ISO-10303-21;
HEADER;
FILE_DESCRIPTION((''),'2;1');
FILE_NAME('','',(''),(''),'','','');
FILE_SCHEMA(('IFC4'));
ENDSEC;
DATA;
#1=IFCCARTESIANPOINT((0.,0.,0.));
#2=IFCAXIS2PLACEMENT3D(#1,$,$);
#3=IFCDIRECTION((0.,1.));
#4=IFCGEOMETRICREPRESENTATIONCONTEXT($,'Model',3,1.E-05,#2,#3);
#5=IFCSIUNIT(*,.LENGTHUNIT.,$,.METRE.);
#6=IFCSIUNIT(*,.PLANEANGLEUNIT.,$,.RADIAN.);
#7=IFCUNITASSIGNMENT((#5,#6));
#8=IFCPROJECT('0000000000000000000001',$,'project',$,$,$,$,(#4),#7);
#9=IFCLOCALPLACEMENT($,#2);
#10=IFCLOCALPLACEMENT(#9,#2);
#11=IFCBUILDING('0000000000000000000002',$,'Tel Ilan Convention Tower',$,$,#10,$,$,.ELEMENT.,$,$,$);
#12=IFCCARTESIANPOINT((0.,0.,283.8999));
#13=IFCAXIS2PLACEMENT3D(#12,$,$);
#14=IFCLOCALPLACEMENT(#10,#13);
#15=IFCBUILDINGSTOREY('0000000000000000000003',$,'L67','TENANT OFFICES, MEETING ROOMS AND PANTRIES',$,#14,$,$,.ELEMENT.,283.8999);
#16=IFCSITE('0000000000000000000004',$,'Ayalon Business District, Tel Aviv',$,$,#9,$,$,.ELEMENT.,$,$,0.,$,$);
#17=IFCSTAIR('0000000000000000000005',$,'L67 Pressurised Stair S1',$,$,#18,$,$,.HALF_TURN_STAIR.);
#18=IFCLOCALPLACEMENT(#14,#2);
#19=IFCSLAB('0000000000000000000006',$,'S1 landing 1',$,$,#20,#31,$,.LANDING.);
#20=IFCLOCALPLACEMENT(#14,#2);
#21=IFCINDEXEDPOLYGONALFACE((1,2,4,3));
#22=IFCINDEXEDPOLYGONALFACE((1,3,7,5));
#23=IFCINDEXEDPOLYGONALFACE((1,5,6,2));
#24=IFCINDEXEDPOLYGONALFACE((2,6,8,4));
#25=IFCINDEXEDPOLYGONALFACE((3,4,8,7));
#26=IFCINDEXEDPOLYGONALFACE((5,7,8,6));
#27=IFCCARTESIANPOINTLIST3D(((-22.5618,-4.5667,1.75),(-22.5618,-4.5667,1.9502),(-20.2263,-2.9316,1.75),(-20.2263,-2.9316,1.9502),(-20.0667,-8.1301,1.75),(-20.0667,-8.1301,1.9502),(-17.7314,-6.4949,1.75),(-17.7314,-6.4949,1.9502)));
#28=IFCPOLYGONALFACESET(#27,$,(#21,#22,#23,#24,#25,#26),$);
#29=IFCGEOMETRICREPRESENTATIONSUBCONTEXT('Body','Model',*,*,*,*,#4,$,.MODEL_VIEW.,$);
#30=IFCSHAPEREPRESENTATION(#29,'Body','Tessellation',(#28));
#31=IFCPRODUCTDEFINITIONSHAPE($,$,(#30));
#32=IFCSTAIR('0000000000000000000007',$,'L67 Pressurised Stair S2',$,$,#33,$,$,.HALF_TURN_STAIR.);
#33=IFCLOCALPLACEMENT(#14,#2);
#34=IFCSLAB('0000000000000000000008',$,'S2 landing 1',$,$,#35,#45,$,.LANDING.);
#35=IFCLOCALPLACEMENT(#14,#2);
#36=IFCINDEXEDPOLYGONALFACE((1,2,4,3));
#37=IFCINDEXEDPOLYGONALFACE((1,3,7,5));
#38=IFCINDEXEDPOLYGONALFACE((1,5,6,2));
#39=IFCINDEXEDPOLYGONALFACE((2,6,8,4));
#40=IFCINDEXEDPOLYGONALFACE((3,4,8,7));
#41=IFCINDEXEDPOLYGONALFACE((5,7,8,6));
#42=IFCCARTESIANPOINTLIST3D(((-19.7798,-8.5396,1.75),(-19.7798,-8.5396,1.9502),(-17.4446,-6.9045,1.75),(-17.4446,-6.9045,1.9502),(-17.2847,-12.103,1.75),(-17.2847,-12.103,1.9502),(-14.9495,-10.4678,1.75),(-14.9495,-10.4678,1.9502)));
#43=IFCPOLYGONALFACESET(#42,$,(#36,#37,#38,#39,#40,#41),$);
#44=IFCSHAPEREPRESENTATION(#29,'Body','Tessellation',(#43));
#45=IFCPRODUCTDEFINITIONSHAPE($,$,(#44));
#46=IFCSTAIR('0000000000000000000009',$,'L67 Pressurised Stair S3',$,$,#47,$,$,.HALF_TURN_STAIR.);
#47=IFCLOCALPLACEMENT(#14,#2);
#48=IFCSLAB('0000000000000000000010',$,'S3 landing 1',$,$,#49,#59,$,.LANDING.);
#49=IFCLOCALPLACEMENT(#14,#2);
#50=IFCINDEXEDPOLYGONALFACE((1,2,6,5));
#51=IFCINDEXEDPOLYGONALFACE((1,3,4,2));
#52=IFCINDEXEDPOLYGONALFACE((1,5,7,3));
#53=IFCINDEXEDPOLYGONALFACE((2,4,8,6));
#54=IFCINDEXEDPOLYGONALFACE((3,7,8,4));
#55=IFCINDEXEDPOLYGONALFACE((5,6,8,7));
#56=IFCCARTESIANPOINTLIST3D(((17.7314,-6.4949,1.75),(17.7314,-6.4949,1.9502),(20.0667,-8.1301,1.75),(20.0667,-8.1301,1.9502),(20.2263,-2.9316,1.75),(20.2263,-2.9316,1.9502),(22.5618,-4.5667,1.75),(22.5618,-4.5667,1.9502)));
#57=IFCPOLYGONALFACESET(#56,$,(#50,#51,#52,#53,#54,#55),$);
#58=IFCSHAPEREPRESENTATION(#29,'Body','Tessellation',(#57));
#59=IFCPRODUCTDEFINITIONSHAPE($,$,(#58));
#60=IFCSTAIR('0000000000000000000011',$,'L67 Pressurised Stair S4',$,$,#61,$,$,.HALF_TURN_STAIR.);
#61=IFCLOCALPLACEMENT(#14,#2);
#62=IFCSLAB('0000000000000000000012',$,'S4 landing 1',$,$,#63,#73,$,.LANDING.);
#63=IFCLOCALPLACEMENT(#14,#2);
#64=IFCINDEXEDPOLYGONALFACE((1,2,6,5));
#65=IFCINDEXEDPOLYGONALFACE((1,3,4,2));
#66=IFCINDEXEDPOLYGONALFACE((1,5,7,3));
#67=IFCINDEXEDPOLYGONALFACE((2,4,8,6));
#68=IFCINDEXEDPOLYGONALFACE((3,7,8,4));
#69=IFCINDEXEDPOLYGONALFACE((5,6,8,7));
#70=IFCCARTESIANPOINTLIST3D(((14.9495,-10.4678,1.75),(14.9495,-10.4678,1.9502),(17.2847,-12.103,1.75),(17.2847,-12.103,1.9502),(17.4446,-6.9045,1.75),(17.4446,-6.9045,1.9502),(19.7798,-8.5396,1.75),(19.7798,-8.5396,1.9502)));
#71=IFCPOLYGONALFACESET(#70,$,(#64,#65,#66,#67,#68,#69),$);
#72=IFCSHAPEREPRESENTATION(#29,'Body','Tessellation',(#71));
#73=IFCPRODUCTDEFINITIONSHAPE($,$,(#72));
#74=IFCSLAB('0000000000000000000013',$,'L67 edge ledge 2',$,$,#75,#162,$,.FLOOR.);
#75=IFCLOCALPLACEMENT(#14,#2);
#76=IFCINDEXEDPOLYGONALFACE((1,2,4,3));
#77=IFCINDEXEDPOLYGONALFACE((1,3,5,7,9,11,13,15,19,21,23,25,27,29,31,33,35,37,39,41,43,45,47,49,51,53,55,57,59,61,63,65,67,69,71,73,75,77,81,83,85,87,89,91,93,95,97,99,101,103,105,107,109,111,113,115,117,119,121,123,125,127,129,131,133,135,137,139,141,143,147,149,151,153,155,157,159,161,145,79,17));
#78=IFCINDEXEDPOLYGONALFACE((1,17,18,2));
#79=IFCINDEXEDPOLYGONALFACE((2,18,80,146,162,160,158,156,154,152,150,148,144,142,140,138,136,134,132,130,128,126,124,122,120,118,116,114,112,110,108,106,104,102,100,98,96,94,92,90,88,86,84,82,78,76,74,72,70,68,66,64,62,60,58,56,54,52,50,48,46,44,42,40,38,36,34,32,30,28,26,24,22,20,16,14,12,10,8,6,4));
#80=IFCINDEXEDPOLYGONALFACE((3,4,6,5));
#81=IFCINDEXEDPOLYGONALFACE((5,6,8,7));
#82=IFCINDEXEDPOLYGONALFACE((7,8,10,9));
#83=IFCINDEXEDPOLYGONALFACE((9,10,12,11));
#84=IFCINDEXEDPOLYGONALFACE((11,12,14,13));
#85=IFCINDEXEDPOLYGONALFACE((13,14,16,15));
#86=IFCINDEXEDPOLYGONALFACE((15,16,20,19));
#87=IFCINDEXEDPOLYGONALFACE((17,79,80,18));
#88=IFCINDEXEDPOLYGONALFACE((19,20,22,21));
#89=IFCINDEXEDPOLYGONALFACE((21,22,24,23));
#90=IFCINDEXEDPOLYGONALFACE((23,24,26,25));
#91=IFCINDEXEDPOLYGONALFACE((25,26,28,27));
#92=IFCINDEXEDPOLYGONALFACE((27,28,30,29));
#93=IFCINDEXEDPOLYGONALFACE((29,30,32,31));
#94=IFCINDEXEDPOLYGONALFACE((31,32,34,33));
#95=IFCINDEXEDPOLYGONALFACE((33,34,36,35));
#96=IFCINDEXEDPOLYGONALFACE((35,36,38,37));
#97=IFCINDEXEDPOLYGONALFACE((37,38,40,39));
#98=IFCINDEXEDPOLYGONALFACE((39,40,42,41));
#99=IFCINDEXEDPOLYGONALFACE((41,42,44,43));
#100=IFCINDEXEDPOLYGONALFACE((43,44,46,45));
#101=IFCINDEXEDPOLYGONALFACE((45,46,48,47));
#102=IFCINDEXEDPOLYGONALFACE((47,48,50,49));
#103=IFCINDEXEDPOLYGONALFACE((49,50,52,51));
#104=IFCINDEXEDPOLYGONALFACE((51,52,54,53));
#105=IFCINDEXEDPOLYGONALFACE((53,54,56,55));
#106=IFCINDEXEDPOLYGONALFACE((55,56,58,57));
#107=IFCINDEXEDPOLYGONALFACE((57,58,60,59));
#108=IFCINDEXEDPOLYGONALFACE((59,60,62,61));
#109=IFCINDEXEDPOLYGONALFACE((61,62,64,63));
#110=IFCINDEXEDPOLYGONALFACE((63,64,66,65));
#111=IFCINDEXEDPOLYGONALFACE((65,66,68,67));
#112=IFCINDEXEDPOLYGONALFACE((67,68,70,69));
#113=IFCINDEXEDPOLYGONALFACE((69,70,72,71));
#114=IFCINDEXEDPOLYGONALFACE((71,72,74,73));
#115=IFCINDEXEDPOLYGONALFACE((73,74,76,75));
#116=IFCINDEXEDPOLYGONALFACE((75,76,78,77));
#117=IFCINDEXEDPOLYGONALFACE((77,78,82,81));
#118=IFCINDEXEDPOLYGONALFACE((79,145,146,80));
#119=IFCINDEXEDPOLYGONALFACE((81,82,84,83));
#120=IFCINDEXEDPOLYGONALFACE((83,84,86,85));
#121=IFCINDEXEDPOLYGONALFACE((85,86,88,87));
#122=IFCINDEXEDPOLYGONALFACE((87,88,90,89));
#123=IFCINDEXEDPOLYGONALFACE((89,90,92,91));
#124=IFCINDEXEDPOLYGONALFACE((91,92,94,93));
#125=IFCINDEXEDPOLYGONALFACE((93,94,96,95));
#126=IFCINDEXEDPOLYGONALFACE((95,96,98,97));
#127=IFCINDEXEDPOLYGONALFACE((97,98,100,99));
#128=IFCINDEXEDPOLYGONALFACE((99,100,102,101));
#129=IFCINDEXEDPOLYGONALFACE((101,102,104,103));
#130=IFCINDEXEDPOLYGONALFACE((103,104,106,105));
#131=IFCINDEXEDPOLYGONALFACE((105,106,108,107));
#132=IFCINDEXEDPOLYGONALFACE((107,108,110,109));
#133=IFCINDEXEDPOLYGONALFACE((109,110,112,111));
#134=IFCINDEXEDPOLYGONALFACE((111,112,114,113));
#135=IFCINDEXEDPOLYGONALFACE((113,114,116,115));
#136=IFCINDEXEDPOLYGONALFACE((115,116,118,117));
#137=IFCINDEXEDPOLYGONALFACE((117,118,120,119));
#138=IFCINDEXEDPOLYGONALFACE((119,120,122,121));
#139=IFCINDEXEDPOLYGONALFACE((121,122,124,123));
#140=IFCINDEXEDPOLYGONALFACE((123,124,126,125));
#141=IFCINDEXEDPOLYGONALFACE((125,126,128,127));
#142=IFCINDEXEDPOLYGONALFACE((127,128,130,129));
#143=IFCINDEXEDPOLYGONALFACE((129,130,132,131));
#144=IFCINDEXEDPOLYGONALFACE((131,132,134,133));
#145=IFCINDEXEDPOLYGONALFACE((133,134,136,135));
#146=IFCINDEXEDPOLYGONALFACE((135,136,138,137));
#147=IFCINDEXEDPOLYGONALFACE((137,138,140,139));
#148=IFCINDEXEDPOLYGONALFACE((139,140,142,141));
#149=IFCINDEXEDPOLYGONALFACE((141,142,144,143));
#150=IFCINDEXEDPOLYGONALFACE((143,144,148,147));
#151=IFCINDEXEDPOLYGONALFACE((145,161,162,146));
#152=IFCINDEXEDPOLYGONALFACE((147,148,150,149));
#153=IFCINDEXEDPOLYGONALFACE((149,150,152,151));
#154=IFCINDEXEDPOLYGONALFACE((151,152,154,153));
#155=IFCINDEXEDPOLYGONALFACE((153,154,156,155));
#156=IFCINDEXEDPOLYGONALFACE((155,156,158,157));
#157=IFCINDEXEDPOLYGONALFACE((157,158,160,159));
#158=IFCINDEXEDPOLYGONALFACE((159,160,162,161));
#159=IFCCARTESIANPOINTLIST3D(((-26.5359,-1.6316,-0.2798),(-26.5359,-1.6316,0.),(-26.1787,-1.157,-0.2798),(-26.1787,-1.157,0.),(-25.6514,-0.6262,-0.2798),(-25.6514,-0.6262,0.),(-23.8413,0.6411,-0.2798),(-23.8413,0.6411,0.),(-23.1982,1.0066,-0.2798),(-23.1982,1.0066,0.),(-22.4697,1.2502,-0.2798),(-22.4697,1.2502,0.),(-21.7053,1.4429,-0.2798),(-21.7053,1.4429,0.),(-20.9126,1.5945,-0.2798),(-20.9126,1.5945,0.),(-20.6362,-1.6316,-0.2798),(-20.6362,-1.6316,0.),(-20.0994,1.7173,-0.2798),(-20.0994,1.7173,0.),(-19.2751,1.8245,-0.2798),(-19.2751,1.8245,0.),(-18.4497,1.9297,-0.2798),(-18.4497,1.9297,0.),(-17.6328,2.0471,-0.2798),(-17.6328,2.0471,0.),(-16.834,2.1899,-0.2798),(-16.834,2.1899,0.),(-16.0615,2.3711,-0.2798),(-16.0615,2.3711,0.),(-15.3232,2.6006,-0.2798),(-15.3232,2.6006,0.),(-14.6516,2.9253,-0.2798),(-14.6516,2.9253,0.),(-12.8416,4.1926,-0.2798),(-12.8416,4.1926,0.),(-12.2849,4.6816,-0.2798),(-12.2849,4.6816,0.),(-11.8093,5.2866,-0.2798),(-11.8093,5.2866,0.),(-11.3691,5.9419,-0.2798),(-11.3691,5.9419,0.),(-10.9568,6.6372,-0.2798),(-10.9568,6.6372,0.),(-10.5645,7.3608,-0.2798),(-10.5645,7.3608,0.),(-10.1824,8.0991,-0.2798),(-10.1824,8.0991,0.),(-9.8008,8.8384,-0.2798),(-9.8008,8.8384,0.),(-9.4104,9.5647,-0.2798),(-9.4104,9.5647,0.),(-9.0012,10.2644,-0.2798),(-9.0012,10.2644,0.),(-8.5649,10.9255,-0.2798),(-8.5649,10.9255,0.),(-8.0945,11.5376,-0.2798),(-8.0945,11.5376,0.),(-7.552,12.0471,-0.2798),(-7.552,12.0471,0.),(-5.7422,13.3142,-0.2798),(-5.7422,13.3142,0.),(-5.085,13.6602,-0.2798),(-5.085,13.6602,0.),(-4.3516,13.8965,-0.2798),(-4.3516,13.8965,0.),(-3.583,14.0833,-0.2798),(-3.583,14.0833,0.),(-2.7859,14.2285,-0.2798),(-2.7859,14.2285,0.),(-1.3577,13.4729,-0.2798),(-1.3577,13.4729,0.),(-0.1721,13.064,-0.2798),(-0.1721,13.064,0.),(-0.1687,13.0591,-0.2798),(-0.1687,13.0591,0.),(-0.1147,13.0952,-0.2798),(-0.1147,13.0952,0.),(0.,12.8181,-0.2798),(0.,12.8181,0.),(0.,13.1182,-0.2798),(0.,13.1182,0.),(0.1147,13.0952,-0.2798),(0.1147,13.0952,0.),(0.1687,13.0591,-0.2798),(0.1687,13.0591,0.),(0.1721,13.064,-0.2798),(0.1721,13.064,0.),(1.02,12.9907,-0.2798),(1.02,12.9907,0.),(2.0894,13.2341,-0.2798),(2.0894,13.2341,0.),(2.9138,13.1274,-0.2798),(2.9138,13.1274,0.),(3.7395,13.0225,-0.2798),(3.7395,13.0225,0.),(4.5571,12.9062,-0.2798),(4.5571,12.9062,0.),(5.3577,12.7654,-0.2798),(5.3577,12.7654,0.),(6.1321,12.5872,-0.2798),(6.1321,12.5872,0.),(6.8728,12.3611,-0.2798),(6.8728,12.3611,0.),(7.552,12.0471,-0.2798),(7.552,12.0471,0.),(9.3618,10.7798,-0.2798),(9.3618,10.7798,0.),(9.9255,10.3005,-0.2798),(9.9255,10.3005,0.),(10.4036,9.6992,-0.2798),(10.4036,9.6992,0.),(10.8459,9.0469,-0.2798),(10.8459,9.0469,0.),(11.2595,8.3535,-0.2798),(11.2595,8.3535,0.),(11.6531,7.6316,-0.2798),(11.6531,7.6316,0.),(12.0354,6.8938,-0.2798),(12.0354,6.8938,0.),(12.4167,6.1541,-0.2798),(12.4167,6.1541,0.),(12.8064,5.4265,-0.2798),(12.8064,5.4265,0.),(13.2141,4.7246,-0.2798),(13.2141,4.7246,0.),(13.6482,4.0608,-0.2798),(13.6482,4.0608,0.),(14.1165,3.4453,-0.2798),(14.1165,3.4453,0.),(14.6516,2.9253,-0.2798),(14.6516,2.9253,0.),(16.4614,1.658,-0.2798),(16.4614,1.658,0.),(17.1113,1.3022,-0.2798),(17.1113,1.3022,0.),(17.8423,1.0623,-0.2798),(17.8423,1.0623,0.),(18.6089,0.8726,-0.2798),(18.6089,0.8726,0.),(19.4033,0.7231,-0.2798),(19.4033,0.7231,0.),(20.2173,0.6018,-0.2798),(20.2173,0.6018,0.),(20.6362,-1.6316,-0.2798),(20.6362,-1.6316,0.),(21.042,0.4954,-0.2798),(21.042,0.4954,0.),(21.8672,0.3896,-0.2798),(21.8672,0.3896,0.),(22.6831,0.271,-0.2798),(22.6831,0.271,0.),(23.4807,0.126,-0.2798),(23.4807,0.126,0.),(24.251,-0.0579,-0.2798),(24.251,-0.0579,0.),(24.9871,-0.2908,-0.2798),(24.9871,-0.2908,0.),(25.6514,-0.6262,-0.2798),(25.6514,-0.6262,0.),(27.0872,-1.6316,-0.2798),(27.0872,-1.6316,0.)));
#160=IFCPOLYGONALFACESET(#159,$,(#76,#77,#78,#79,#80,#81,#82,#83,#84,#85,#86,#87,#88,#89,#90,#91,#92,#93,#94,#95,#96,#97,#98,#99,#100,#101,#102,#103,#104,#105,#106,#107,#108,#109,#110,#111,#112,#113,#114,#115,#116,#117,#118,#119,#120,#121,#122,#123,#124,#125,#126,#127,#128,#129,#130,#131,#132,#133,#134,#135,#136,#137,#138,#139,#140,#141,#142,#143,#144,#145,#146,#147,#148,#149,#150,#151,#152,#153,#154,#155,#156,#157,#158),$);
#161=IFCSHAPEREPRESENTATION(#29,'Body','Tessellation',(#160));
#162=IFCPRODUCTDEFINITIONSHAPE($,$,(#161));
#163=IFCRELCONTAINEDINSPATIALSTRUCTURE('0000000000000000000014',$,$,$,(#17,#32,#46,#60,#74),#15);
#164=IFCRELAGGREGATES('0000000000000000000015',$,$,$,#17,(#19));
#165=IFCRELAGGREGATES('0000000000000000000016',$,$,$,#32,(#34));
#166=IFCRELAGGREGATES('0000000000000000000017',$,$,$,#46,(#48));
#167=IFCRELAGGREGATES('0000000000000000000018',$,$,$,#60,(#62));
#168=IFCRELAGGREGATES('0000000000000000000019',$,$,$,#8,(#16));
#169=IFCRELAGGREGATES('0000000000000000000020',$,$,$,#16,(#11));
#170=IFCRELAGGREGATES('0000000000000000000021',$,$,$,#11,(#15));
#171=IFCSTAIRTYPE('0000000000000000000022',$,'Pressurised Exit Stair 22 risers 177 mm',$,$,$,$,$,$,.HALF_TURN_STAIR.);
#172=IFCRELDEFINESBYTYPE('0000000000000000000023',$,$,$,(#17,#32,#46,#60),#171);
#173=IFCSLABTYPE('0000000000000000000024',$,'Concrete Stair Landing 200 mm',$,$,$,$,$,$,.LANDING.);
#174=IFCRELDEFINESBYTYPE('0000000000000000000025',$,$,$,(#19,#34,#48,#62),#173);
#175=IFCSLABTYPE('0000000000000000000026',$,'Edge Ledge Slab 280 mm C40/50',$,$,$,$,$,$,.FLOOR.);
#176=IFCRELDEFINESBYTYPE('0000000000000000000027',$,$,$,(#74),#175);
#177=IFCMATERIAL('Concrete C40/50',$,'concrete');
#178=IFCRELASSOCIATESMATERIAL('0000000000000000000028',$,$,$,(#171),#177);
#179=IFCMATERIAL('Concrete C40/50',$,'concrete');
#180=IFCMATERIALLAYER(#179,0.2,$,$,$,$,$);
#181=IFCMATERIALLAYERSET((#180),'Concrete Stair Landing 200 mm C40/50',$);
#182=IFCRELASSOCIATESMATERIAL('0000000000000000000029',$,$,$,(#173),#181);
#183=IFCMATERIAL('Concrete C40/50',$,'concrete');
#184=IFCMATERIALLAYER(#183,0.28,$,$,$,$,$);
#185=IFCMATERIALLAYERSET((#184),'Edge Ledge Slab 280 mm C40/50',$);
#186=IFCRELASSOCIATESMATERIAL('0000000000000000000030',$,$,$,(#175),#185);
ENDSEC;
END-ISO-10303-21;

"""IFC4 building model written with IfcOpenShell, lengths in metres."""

from ifc_helpers import new_model, si_unit, direction, frame, origin, place, context, subcontext, project, spatial, polyline, outline, extrude, material, layer, layer_set, type_object, element, aggregate, save


model = new_model("IFC4")

# Units and contexts
model_context = context("Model", 3, precision=1e-05, world=origin(), true_north=direction((0.0, 1.0)))
body_context = subcontext(model_context, "Body", "Model", "MODEL_VIEW")
ifc_project = project(units=[si_unit("LENGTHUNIT", "METRE"), si_unit("PLANEANGLEUNIT", "RADIAN")], contexts=[model_context])

# Site, building, storey
site_placement = place(None, origin())
site = spatial("IfcSite", under=ifc_project, at=site_placement, Name="Ayalon Business District, Tel Aviv", CompositionType="ELEMENT", RefElevation=0.0)
building_placement = place(site_placement, origin())
building = spatial("IfcBuilding", under=site, at=building_placement, Name="Tel Ilan Convention Tower", CompositionType="ELEMENT")
storey_placement = place(building_placement, frame((0.0, 0.0, 283.8999)))
storey = spatial("IfcBuildingStorey", under=building, at=storey_placement, Name="L67", Description="TENANT OFFICES, MEETING ROOMS AND PANTRIES", CompositionType="ELEMENT", Elevation=283.8999)

# Stairs, slabs
ifc_material_1 = material(Name="Concrete C40/50", Category="concrete")
stair_type = type_object("IfcStairType", Name="Pressurised Exit Stair 22 risers 177 mm", PredefinedType="HALF_TURN_STAIR", material=ifc_material_1)
stair_1_placement = place(storey_placement, origin())
stair_1 = element("IfcStair", 1, at=stair_1_placement, inside=storey, type_object=stair_type, Name="L67 Pressurised Stair S1", PredefinedType="HALF_TURN_STAIR")
ifc_material_2 = material(Name="Concrete C40/50", Category="concrete")
ifc_layer_1 = layer(ifc_material_2, 0.2)
ifc_layer_set_1 = layer_set([ifc_layer_1], Name="Concrete Stair Landing 200 mm C40/50")
slab_type_1 = type_object("IfcSlabType", Name="Concrete Stair Landing 200 mm", PredefinedType="LANDING", material=ifc_layer_set_1)
slab_1_placement = place(storey_placement, frame((0.0, 0.0, 1.75)))
slab_1 = element("IfcSlab", 2, at=slab_1_placement, type_object=slab_type_1, Name="S1 landing 1", PredefinedType="LANDING", context=body_context, shape_type="SweptSolid", body=[
    extrude(outline(polyline([(-20.0667, -8.1301), (-17.7314, -6.4949), (-20.2263, -2.9316), (-22.5618, -4.5667), (-20.0667, -8.1301)])), origin(), (0.0, 0.0, 1.0), 0.2002),
])
aggregate(stair_1, [slab_1])
stair_2_placement = place(storey_placement, origin())
stair_2 = element("IfcStair", 3, at=stair_2_placement, inside=storey, type_object=stair_type, Name="L67 Pressurised Stair S2", PredefinedType="HALF_TURN_STAIR")
slab_2_placement = place(storey_placement, frame((0.0, 0.0, 1.75)))
slab_2 = element("IfcSlab", 4, at=slab_2_placement, type_object=slab_type_1, Name="S2 landing 1", PredefinedType="LANDING", context=body_context, shape_type="SweptSolid", body=[
    extrude(outline(polyline([(-17.2847, -12.103), (-14.9495, -10.4678), (-17.4446, -6.9045), (-19.7798, -8.5396), (-17.2847, -12.103)])), origin(), (0.0, 0.0, 1.0), 0.2002),
])
aggregate(stair_2, [slab_2])
stair_3_placement = place(storey_placement, origin())
stair_3 = element("IfcStair", 5, at=stair_3_placement, inside=storey, type_object=stair_type, Name="L67 Pressurised Stair S3", PredefinedType="HALF_TURN_STAIR")
slab_3_placement = place(storey_placement, frame((0.0, 0.0, 1.75)))
slab_3 = element("IfcSlab", 6, at=slab_3_placement, type_object=slab_type_1, Name="S3 landing 1", PredefinedType="LANDING", context=body_context, shape_type="SweptSolid", body=[
    extrude(outline(polyline([(22.5618, -4.5667), (20.2263, -2.9316), (17.7314, -6.4949), (20.0667, -8.1301), (22.5618, -4.5667)])), origin(), (0.0, 0.0, 1.0), 0.2002),
])
aggregate(stair_3, [slab_3])
stair_4_placement = place(storey_placement, origin())
stair_4 = element("IfcStair", 7, at=stair_4_placement, inside=storey, type_object=stair_type, Name="L67 Pressurised Stair S4", PredefinedType="HALF_TURN_STAIR")
slab_4_placement = place(storey_placement, frame((0.0, 0.0, 1.75)))
slab_4 = element("IfcSlab", 8, at=slab_4_placement, type_object=slab_type_1, Name="S4 landing 1", PredefinedType="LANDING", context=body_context, shape_type="SweptSolid", body=[
    extrude(outline(polyline([(19.7798, -8.5396), (17.4446, -6.9045), (14.9495, -10.4678), (17.2847, -12.103), (19.7798, -8.5396)])), origin(), (0.0, 0.0, 1.0), 0.2002),
])
aggregate(stair_4, [slab_4])

# Slab
ifc_material_3 = material(Name="Concrete C40/50", Category="concrete")
ifc_layer_2 = layer(ifc_material_3, 0.28)
ifc_layer_set_2 = layer_set([ifc_layer_2], Name="Edge Ledge Slab 280 mm C40/50")
slab_type_2 = type_object("IfcSlabType", Name="Edge Ledge Slab 280 mm C40/50", PredefinedType="FLOOR", material=ifc_layer_set_2)
slab_5_placement = place(storey_placement, frame((0.0, 0.0, -0.2798)))
element("IfcSlab", 9, at=slab_5_placement, inside=storey, type_object=slab_type_2, Name="L67 edge ledge 2", PredefinedType="FLOOR", context=body_context, shape_type="SweptSolid", body=[
    extrude(outline(polyline([(-23.1982, 1.0066), (-22.4697, 1.2502), (-21.7053, 1.4429), (-20.9126, 1.5945), (-20.0994, 1.7173), (-19.2751, 1.8245), (-18.4497, 1.9297), (-17.6328, 2.0471), (-16.834, 2.1899), (-16.0615, 2.3711), (-15.3232, 2.6006), (-14.6516, 2.9253), (-12.8416, 4.1926), (-12.2849, 4.6816), (-11.8093, 5.2866), (-11.3691, 5.9419), (-10.9568, 6.6372), (-10.5645, 7.3608), (-10.1824, 8.0991), (-9.8008, 8.8384), (-9.4104, 9.5647), (-9.0012, 10.2644), (-8.5649, 10.9255), (-8.0945, 11.5376), (-7.552, 12.0471), (-5.7422, 13.3142), (-5.085, 13.6602), (-4.3516, 13.8965), (-3.583, 14.0833), (-2.7859, 14.2285), (-1.3577, 13.4729), (-0.1721, 13.064), (-0.1687, 13.0591), (-0.1147, 13.0952), (0.0, 13.1182), (0.1147, 13.0952), (0.1687, 13.0591), (0.1721, 13.064), (1.02, 12.9907), (2.0894, 13.2341), (2.9138, 13.1274), (3.7395, 13.0225), (4.5571, 12.9062), (5.3577, 12.7654), (6.1321, 12.5872), (6.8728, 12.3611), (7.552, 12.0471), (9.3618, 10.7798), (9.9255, 10.3005), (10.4036, 9.6992), (10.8459, 9.0469), (11.2595, 8.3535), (11.6531, 7.6316), (12.0354, 6.8938), (12.4167, 6.1541), (12.8064, 5.4265), (13.2141, 4.7246), (13.6482, 4.0608), (14.1165, 3.4453), (14.6516, 2.9253), (16.4614, 1.658), (17.1113, 1.3022), (17.8423, 1.0623), (18.6089, 0.8726), (19.4033, 0.7231), (20.2173, 0.6018), (21.042, 0.4954), (21.8672, 0.3896), (22.6831, 0.271), (23.4807, 0.126), (24.251, -0.0579), (24.9871, -0.2908), (25.6514, -0.6262), (27.0872, -1.6316), (20.6362, -1.6316), (0.0, 12.8181), (-20.6362, -1.6316), (-26.5359, -1.6316), (-26.1787, -1.157), (-25.6514, -0.6262), (-23.8413, 0.6411), (-23.1982, 1.0066)])), origin(), (0.0, 0.0, 1.0), 0.2798),
])

save(model, "model.ifc")
